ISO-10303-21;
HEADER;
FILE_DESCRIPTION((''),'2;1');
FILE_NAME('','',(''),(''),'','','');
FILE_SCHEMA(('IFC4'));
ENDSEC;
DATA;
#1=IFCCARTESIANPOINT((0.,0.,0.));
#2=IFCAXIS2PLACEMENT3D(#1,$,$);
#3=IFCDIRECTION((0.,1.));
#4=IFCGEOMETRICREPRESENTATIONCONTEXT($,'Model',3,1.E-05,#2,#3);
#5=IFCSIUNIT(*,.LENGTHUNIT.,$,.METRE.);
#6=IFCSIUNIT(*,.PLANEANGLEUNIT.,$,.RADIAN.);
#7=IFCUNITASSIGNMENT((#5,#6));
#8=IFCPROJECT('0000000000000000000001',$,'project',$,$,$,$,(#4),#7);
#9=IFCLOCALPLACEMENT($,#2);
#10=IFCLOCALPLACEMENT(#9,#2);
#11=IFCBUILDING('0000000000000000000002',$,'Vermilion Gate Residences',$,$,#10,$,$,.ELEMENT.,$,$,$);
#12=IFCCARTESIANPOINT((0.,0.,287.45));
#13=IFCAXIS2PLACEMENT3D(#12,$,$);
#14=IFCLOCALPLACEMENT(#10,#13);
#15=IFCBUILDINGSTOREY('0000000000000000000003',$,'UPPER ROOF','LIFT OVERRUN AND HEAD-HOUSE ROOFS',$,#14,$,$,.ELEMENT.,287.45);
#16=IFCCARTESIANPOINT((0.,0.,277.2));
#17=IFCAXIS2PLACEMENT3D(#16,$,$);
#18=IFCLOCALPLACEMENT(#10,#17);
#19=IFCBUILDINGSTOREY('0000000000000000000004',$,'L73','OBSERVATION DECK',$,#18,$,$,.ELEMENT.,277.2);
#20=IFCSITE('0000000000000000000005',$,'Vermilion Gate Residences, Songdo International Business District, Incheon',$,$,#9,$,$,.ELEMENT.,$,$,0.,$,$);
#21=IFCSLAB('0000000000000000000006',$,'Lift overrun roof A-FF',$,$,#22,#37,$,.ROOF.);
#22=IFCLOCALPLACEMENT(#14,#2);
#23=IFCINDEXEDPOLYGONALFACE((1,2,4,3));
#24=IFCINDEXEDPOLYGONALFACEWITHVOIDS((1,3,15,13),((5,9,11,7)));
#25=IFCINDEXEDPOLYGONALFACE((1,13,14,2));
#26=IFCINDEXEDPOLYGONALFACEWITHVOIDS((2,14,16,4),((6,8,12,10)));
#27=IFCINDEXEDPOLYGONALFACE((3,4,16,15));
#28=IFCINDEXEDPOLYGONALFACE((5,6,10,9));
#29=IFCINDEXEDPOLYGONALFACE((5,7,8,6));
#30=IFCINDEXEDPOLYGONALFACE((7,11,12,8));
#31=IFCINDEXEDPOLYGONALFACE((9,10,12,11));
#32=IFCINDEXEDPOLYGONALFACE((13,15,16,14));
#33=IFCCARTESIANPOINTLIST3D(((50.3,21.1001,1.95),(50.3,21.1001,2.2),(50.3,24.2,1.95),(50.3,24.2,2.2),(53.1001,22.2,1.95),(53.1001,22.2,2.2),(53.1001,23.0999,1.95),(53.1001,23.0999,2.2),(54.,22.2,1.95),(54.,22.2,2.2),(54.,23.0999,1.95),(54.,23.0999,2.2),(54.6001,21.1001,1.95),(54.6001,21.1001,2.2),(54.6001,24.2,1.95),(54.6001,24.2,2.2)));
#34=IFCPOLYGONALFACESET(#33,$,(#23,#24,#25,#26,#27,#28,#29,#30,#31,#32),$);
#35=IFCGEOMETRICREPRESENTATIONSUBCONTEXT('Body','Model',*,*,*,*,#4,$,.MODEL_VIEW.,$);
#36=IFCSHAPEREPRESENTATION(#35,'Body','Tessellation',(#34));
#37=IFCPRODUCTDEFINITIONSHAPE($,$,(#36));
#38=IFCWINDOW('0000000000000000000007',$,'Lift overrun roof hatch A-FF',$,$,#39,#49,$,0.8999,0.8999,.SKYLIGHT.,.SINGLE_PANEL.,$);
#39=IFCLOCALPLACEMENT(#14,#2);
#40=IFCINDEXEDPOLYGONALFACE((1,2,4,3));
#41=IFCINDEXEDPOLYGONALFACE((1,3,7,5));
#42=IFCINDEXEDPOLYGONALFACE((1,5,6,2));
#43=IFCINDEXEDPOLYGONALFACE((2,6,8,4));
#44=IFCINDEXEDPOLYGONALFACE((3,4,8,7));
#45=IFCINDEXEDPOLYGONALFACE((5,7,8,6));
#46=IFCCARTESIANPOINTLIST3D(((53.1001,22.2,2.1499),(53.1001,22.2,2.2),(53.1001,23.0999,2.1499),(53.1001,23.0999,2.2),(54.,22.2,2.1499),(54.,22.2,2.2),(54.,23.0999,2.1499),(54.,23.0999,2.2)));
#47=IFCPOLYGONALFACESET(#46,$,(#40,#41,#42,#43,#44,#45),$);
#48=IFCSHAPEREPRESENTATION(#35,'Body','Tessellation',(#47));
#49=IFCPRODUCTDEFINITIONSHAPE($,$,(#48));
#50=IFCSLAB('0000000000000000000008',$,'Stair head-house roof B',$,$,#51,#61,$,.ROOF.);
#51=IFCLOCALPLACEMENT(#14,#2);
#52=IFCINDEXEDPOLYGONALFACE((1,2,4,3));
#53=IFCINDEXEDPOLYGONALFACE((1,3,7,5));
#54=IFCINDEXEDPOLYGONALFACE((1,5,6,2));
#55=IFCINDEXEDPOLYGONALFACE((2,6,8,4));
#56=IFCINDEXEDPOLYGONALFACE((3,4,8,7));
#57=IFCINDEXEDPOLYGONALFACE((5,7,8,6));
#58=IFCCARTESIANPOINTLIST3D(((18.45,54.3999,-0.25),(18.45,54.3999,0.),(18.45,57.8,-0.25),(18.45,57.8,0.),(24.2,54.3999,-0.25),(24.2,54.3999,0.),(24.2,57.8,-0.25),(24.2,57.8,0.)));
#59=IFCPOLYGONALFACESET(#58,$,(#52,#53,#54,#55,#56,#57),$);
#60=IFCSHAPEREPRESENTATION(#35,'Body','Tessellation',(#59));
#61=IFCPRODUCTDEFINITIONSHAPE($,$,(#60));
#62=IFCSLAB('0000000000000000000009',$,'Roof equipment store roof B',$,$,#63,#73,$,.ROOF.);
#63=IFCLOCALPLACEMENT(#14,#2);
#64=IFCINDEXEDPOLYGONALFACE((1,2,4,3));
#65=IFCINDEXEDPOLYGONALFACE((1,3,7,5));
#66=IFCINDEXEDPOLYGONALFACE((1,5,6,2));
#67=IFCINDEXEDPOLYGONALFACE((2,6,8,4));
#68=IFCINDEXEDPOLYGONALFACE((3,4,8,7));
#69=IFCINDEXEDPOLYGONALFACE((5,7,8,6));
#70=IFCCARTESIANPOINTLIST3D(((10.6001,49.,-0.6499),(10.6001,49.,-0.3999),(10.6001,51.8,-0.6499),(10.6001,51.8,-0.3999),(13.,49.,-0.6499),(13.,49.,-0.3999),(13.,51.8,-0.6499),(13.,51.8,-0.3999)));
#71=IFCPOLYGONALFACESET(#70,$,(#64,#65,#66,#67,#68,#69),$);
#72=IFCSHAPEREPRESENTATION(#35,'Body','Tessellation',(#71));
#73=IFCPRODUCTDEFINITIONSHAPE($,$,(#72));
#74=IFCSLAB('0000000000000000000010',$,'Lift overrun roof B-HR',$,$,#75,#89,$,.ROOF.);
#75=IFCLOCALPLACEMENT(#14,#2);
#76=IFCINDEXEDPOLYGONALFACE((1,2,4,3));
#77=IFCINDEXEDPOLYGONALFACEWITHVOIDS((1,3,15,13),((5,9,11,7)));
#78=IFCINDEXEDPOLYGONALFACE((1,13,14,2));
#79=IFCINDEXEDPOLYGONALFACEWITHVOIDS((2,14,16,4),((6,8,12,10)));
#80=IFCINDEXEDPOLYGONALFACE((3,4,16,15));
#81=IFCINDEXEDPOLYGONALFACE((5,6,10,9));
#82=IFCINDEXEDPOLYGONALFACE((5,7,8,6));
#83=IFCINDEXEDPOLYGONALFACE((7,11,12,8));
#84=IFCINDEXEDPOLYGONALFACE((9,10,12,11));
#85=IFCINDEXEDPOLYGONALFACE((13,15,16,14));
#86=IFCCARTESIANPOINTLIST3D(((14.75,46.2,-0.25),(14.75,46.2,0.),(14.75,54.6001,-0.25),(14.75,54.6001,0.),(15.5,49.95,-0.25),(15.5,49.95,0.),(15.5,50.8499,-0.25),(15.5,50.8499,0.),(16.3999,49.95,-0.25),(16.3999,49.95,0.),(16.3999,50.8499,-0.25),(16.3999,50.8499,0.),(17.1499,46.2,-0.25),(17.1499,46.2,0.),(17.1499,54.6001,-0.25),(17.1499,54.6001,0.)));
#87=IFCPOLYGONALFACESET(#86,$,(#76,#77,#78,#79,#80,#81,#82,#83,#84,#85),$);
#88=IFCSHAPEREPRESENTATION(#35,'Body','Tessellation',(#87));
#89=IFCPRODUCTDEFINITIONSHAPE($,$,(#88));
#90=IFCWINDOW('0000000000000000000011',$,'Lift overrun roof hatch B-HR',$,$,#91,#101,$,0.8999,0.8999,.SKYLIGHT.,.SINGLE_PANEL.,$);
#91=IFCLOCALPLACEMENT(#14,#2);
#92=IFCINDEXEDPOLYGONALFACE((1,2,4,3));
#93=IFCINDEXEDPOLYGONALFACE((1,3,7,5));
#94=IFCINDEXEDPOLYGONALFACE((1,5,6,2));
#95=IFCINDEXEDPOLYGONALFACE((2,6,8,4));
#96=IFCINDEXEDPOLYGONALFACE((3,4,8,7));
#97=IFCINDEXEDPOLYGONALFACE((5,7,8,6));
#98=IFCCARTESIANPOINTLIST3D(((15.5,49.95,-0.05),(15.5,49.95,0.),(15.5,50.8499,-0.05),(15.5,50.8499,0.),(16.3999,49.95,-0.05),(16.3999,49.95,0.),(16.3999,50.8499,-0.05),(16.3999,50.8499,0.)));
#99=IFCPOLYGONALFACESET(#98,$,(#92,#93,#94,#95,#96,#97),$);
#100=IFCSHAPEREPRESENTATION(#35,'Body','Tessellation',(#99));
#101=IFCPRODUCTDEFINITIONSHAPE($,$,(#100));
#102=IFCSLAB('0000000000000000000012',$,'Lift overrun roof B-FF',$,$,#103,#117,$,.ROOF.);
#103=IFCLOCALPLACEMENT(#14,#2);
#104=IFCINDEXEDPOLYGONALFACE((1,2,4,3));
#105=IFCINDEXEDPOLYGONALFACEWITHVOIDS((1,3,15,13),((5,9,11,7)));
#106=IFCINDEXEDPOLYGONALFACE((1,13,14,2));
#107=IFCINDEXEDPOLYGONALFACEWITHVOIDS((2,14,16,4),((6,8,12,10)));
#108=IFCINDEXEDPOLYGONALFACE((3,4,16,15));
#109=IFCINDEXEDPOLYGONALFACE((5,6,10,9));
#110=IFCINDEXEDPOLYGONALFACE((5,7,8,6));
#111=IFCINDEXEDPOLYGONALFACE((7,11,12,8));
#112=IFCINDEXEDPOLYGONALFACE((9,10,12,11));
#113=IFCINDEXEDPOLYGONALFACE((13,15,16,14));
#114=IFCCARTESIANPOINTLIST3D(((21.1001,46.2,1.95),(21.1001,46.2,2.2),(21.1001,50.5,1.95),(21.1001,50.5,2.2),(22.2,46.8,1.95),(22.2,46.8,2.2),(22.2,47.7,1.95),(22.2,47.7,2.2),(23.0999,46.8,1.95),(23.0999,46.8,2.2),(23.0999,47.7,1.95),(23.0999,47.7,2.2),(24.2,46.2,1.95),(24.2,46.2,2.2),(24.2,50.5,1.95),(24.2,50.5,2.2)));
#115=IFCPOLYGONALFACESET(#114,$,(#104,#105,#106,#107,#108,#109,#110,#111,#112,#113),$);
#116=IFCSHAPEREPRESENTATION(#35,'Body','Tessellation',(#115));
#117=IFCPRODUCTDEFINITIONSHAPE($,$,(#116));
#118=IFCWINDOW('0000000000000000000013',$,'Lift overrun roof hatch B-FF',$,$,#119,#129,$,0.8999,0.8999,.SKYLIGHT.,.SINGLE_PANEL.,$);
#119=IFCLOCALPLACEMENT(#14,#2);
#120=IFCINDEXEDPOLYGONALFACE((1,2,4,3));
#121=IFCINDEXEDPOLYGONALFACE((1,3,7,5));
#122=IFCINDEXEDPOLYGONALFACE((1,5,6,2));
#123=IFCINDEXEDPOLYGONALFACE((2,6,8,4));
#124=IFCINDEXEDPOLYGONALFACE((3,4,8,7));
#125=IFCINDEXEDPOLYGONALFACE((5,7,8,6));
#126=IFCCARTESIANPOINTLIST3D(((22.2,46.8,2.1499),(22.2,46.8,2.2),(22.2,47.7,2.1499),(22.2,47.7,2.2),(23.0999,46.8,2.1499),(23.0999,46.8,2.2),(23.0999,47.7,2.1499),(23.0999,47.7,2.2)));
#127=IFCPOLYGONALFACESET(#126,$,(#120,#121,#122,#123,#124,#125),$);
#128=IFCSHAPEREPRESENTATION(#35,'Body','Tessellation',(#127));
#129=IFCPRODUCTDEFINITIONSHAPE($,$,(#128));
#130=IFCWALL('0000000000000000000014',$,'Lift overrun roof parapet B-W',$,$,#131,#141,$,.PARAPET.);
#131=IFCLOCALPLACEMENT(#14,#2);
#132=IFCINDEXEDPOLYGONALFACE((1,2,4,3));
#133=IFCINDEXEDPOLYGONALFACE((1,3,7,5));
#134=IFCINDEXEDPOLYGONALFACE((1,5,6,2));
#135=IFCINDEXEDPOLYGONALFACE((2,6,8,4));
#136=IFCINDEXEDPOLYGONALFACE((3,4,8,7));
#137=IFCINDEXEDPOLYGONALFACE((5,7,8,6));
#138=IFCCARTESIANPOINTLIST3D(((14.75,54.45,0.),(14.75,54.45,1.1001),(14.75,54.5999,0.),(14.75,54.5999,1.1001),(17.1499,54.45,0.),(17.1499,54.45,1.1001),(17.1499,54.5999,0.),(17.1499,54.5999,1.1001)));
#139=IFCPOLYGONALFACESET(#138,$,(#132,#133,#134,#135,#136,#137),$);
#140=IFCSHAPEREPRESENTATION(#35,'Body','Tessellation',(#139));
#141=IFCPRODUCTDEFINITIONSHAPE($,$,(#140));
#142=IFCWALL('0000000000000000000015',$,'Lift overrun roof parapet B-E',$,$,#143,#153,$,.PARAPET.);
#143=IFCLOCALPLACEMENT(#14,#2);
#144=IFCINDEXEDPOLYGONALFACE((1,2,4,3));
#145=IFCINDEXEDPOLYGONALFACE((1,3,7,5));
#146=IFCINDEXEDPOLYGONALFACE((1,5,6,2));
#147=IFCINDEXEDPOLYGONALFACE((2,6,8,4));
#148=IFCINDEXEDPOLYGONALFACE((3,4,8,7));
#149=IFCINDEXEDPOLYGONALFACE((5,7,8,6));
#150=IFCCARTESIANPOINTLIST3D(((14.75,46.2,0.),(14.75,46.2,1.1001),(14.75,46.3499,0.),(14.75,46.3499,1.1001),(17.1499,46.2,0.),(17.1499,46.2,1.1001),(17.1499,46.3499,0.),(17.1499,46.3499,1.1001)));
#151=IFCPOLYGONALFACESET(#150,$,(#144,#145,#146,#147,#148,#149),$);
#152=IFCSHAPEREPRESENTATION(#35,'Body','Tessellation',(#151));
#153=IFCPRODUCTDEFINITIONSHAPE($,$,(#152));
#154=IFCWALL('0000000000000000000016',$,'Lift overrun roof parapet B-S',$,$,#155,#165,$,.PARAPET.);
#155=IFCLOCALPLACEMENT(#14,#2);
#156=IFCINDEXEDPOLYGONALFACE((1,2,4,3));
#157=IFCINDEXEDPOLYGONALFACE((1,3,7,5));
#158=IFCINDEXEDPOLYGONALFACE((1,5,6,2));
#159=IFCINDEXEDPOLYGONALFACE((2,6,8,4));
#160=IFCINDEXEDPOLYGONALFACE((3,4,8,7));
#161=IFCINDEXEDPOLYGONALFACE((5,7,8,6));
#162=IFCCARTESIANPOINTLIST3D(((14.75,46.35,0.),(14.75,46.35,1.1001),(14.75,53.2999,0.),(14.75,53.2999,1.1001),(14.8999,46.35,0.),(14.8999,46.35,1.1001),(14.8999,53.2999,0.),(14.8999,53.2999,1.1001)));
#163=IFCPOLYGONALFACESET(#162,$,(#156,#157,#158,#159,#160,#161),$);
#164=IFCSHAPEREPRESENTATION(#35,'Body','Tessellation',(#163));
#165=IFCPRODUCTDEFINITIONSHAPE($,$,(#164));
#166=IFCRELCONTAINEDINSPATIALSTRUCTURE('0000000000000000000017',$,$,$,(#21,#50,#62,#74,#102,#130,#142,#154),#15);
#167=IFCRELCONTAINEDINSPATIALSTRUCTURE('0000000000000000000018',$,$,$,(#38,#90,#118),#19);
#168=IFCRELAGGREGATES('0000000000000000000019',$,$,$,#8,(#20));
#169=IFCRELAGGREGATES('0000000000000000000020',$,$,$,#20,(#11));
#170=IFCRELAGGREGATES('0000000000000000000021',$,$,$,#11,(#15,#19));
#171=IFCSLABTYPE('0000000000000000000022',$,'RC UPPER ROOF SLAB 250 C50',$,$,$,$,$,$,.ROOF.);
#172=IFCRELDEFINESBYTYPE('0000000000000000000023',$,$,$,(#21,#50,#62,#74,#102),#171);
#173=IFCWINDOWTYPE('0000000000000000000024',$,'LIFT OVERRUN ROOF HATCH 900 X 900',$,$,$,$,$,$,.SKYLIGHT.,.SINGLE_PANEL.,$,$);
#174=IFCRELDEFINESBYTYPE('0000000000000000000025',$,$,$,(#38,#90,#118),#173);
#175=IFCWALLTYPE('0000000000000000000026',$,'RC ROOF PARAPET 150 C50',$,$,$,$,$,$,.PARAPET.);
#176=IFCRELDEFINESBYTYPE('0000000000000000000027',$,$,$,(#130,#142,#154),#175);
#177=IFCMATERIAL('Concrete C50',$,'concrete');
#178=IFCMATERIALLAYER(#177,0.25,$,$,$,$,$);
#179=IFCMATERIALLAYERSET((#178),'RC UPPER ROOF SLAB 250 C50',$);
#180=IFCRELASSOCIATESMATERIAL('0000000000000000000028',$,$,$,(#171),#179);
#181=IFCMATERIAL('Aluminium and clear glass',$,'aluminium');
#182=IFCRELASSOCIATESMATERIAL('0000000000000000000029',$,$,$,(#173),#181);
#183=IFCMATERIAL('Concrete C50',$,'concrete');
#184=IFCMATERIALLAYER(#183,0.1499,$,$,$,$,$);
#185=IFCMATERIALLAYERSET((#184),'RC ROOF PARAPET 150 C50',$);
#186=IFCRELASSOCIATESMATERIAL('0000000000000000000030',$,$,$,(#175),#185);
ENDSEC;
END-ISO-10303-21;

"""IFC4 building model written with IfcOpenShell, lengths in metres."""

from ifc_helpers import new_model, si_unit, direction, frame, frame_2d, origin, origin_2d, place, context, subcontext, project, spatial, polyline, rectangle, outline, extrude, material, layer, layer_set, type_object, element, fill, save


model = new_model("IFC4")

# Units and contexts
model_context = context("Model", 3, precision=1e-05, world=origin(), true_north=direction((0.0, 1.0)))
body_context = subcontext(model_context, "Body", "Model", "MODEL_VIEW")
ifc_project = project(units=[si_unit("LENGTHUNIT", "METRE"), si_unit("PLANEANGLEUNIT", "RADIAN")], contexts=[model_context])

# Site, building, storey
site_placement = place(None, origin())
site = spatial("IfcSite", under=ifc_project, at=site_placement, Name="Vermilion Gate Residences, Songdo International Business District, Incheon", CompositionType="ELEMENT", RefElevation=0.0)
building_placement = place(site_placement, origin())
building = spatial("IfcBuilding", under=site, at=building_placement, Name="Vermilion Gate Residences", CompositionType="ELEMENT")
storey_1_placement = place(building_placement, frame((0.0, 0.0, 287.45)))
storey_1 = spatial("IfcBuildingStorey", under=building, at=storey_1_placement, Name="UPPER ROOF", Description="LIFT OVERRUN AND HEAD-HOUSE ROOFS", CompositionType="ELEMENT", Elevation=287.45)

# Shared definitions
ifc_material_1 = material(Name="Concrete C50", Category="concrete")
ifc_layer_1 = layer(ifc_material_1, 0.25)
ifc_layer_set_1 = layer_set([ifc_layer_1], Name="RC UPPER ROOF SLAB 250 C50")
slab_type_1 = type_object("IfcSlabType", Name="RC UPPER ROOF SLAB 250 C50", PredefinedType="ROOF", material=ifc_layer_set_1)

# Shared definitions
storey_2_placement = place(building_placement, frame((0.0, 0.0, 277.2)))
storey_2 = spatial("IfcBuildingStorey", under=building, at=storey_2_placement, Name="L73", Description="OBSERVATION DECK", CompositionType="ELEMENT", Elevation=277.2)

# Shared definitions
ifc_material_2 = material(Name="Aluminium and clear glass", Category="aluminium")
window_type = type_object("IfcWindowType", Name="LIFT OVERRUN ROOF HATCH 900 X 900", PartitioningType="SINGLE_PANEL", PredefinedType="SKYLIGHT", material=ifc_material_2)

# Slab, opening, window
slab_1_placement = place(storey_1_placement, frame((0.0, 0.0, 1.95)))
slab_1 = element("IfcSlab", 1, at=slab_1_placement, inside=storey_1, type_object=slab_type_1, Name="Lift overrun roof A-FF", PredefinedType="ROOF", context=body_context, shape_type="SweptSolid", body=[
    extrude(outline(polyline([(54.6001, 21.1001), (54.6001, 24.2), (50.3, 24.2), (50.3, 21.1001), (54.6001, 21.1001)])), origin(), (0.0, 0.0, 1.0), 0.25),
])
opening_1_placement = place(slab_1_placement, frame((53.55, 22.6499, 0.0)))
opening_1 = element("IfcOpeningElement", 2, at=opening_1_placement, cuts=slab_1, PredefinedType="OPENING", context=body_context, shape_type="SweptSolid", body=[
    extrude(rectangle(XDim=0.8999, YDim=0.8999, at=origin_2d()), origin(), (0.0, 0.0, 1.0), 0.25),
])
window_1_placement = place(opening_1_placement, frame((0.0, 0.0, 0.2)))
window_1 = element("IfcWindow", 3, at=window_1_placement, inside=storey_2, type_object=window_type, Name="Lift overrun roof hatch A-FF", OverallHeight=0.8999, OverallWidth=0.8999, PartitioningType="SINGLE_PANEL", PredefinedType="SKYLIGHT", context=body_context, shape_type="SweptSolid", body=[
    extrude(rectangle(XDim=0.8999, YDim=0.8999, at=origin_2d()), origin(), (0.0, 0.0, 1.0), 0.05),
])
fill(opening_1, window_1)

# Slabs
slab_2_placement = place(storey_1_placement, frame((0.0, 0.0, -0.25)))
element("IfcSlab", 4, at=slab_2_placement, inside=storey_1, type_object=slab_type_1, Name="Stair head-house roof B", PredefinedType="ROOF", context=body_context, shape_type="SweptSolid", body=[
    extrude(outline(polyline([(24.2, 54.3999), (24.2, 57.8), (18.45, 57.8), (18.45, 54.3999), (24.2, 54.3999)])), origin(), (0.0, 0.0, 1.0), 0.25),
])
slab_3_placement = place(storey_1_placement, frame((0.0, 0.0, -0.6499)))
element("IfcSlab", 5, at=slab_3_placement, inside=storey_1, type_object=slab_type_1, Name="Roof equipment store roof B", PredefinedType="ROOF", context=body_context, shape_type="SweptSolid", body=[
    extrude(outline(polyline([(13.0, 49.0), (13.0, 51.8), (10.6001, 51.8), (10.6001, 49.0), (13.0, 49.0)])), origin(), (0.0, 0.0, 1.0), 0.25),
])

# Slabs, openings, windows
slab_4_placement = place(storey_1_placement, frame((0.0, 0.0, -0.25)))
slab_4 = element("IfcSlab", 6, at=slab_4_placement, inside=storey_1, type_object=slab_type_1, Name="Lift overrun roof B-HR", PredefinedType="ROOF", context=body_context, shape_type="SweptSolid", body=[
    extrude(outline(polyline([(17.1499, 46.2), (17.1499, 54.6001), (14.75, 54.6001), (14.75, 46.2), (17.1499, 46.2)])), origin(), (0.0, 0.0, 1.0), 0.25),
])
opening_2_placement = place(slab_4_placement, frame((15.95, 50.3999, 0.0)))
opening_2 = element("IfcOpeningElement", 7, at=opening_2_placement, cuts=slab_4, PredefinedType="OPENING", context=body_context, shape_type="SweptSolid", body=[
    extrude(rectangle(XDim=0.8999, YDim=0.8999, at=origin_2d()), origin(), (0.0, 0.0, 1.0), 0.25),
])
window_2_placement = place(opening_2_placement, frame((0.0, 0.0, 0.2)))
window_2 = element("IfcWindow", 8, at=window_2_placement, inside=storey_2, type_object=window_type, Name="Lift overrun roof hatch B-HR", OverallHeight=0.8999, OverallWidth=0.8999, PartitioningType="SINGLE_PANEL", PredefinedType="SKYLIGHT", context=body_context, shape_type="SweptSolid", body=[
    extrude(rectangle(XDim=0.8999, YDim=0.8999, at=origin_2d()), origin(), (0.0, 0.0, 1.0), 0.05),
])
fill(opening_2, window_2)
slab_5_placement = place(storey_1_placement, frame((0.0, 0.0, 1.95)))
slab_5 = element("IfcSlab", 9, at=slab_5_placement, inside=storey_1, type_object=slab_type_1, Name="Lift overrun roof B-FF", PredefinedType="ROOF", context=body_context, shape_type="SweptSolid", body=[
    extrude(outline(polyline([(24.2, 46.2), (24.2, 50.5), (21.1001, 50.5), (21.1001, 46.2), (24.2, 46.2)])), origin(), (0.0, 0.0, 1.0), 0.25),
])
opening_3_placement = place(slab_5_placement, frame((22.6499, 47.25, 0.0)))
opening_3 = element("IfcOpeningElement", 10, at=opening_3_placement, cuts=slab_5, PredefinedType="OPENING", context=body_context, shape_type="SweptSolid", body=[
    extrude(rectangle(XDim=0.8999, YDim=0.8999, at=origin_2d()), origin(), (0.0, 0.0, 1.0), 0.25),
])
window_3_placement = place(opening_3_placement, frame((0.0, 0.0, 0.2)))
window_3 = element("IfcWindow", 11, at=window_3_placement, inside=storey_2, type_object=window_type, Name="Lift overrun roof hatch B-FF", OverallHeight=0.8999, OverallWidth=0.8999, PartitioningType="SINGLE_PANEL", PredefinedType="SKYLIGHT", context=body_context, shape_type="SweptSolid", body=[
    extrude(rectangle(XDim=0.8999, YDim=0.8999, at=origin_2d()), origin(), (0.0, 0.0, 1.0), 0.05),
])
fill(opening_3, window_3)

# Walls
ifc_material_3 = material(Name="Concrete C50", Category="concrete")
ifc_layer_2 = layer(ifc_material_3, 0.1499)
ifc_layer_set_2 = layer_set([ifc_layer_2], Name="RC ROOF PARAPET 150 C50")
wall_type = type_object("IfcWallType", Name="RC ROOF PARAPET 150 C50", PredefinedType="PARAPET", material=ifc_layer_set_2)
for number, where, z_axis, x_axis, name in (
    (12, (14.75, 54.5249, 0.0), (0.0, 0.0, 1.0), (1.0, 0.0, 0.0), "Lift overrun roof parapet B-W"),
    (13, (14.75, 46.2749, 0.0), (0.0, 0.0, 1.0), (1.0, 0.0, 0.0), "Lift overrun roof parapet B-E"),
):
    element("IfcWall", number, at=place(storey_1_placement, frame(where, z_axis=z_axis, x_axis=x_axis)), inside=storey_1, type_object=wall_type, Name=name, PredefinedType="PARAPET", context=body_context, shape_type="SweptSolid", body=[
        extrude(rectangle(XDim=2.3999, YDim=0.1499, at=frame_2d((1.2, 0.0))), origin(), (0.0, 0.0, 1.0), 1.1001),
    ])
wall_placement = place(storey_1_placement, frame((14.825, 53.3, 0.0), z_axis=(0.0, 0.0, 1.0), x_axis=(0.0, -1.0, 0.0)))
element("IfcWall", 14, at=wall_placement, inside=storey_1, type_object=wall_type, Name="Lift overrun roof parapet B-S", PredefinedType="PARAPET", context=body_context, shape_type="SweptSolid", body=[
    extrude(rectangle(XDim=6.95, YDim=0.1499, at=frame_2d((3.4751, 0.0))), origin(), (0.0, 0.0, 1.0), 1.1001),
])

save(model, "model.ifc")
